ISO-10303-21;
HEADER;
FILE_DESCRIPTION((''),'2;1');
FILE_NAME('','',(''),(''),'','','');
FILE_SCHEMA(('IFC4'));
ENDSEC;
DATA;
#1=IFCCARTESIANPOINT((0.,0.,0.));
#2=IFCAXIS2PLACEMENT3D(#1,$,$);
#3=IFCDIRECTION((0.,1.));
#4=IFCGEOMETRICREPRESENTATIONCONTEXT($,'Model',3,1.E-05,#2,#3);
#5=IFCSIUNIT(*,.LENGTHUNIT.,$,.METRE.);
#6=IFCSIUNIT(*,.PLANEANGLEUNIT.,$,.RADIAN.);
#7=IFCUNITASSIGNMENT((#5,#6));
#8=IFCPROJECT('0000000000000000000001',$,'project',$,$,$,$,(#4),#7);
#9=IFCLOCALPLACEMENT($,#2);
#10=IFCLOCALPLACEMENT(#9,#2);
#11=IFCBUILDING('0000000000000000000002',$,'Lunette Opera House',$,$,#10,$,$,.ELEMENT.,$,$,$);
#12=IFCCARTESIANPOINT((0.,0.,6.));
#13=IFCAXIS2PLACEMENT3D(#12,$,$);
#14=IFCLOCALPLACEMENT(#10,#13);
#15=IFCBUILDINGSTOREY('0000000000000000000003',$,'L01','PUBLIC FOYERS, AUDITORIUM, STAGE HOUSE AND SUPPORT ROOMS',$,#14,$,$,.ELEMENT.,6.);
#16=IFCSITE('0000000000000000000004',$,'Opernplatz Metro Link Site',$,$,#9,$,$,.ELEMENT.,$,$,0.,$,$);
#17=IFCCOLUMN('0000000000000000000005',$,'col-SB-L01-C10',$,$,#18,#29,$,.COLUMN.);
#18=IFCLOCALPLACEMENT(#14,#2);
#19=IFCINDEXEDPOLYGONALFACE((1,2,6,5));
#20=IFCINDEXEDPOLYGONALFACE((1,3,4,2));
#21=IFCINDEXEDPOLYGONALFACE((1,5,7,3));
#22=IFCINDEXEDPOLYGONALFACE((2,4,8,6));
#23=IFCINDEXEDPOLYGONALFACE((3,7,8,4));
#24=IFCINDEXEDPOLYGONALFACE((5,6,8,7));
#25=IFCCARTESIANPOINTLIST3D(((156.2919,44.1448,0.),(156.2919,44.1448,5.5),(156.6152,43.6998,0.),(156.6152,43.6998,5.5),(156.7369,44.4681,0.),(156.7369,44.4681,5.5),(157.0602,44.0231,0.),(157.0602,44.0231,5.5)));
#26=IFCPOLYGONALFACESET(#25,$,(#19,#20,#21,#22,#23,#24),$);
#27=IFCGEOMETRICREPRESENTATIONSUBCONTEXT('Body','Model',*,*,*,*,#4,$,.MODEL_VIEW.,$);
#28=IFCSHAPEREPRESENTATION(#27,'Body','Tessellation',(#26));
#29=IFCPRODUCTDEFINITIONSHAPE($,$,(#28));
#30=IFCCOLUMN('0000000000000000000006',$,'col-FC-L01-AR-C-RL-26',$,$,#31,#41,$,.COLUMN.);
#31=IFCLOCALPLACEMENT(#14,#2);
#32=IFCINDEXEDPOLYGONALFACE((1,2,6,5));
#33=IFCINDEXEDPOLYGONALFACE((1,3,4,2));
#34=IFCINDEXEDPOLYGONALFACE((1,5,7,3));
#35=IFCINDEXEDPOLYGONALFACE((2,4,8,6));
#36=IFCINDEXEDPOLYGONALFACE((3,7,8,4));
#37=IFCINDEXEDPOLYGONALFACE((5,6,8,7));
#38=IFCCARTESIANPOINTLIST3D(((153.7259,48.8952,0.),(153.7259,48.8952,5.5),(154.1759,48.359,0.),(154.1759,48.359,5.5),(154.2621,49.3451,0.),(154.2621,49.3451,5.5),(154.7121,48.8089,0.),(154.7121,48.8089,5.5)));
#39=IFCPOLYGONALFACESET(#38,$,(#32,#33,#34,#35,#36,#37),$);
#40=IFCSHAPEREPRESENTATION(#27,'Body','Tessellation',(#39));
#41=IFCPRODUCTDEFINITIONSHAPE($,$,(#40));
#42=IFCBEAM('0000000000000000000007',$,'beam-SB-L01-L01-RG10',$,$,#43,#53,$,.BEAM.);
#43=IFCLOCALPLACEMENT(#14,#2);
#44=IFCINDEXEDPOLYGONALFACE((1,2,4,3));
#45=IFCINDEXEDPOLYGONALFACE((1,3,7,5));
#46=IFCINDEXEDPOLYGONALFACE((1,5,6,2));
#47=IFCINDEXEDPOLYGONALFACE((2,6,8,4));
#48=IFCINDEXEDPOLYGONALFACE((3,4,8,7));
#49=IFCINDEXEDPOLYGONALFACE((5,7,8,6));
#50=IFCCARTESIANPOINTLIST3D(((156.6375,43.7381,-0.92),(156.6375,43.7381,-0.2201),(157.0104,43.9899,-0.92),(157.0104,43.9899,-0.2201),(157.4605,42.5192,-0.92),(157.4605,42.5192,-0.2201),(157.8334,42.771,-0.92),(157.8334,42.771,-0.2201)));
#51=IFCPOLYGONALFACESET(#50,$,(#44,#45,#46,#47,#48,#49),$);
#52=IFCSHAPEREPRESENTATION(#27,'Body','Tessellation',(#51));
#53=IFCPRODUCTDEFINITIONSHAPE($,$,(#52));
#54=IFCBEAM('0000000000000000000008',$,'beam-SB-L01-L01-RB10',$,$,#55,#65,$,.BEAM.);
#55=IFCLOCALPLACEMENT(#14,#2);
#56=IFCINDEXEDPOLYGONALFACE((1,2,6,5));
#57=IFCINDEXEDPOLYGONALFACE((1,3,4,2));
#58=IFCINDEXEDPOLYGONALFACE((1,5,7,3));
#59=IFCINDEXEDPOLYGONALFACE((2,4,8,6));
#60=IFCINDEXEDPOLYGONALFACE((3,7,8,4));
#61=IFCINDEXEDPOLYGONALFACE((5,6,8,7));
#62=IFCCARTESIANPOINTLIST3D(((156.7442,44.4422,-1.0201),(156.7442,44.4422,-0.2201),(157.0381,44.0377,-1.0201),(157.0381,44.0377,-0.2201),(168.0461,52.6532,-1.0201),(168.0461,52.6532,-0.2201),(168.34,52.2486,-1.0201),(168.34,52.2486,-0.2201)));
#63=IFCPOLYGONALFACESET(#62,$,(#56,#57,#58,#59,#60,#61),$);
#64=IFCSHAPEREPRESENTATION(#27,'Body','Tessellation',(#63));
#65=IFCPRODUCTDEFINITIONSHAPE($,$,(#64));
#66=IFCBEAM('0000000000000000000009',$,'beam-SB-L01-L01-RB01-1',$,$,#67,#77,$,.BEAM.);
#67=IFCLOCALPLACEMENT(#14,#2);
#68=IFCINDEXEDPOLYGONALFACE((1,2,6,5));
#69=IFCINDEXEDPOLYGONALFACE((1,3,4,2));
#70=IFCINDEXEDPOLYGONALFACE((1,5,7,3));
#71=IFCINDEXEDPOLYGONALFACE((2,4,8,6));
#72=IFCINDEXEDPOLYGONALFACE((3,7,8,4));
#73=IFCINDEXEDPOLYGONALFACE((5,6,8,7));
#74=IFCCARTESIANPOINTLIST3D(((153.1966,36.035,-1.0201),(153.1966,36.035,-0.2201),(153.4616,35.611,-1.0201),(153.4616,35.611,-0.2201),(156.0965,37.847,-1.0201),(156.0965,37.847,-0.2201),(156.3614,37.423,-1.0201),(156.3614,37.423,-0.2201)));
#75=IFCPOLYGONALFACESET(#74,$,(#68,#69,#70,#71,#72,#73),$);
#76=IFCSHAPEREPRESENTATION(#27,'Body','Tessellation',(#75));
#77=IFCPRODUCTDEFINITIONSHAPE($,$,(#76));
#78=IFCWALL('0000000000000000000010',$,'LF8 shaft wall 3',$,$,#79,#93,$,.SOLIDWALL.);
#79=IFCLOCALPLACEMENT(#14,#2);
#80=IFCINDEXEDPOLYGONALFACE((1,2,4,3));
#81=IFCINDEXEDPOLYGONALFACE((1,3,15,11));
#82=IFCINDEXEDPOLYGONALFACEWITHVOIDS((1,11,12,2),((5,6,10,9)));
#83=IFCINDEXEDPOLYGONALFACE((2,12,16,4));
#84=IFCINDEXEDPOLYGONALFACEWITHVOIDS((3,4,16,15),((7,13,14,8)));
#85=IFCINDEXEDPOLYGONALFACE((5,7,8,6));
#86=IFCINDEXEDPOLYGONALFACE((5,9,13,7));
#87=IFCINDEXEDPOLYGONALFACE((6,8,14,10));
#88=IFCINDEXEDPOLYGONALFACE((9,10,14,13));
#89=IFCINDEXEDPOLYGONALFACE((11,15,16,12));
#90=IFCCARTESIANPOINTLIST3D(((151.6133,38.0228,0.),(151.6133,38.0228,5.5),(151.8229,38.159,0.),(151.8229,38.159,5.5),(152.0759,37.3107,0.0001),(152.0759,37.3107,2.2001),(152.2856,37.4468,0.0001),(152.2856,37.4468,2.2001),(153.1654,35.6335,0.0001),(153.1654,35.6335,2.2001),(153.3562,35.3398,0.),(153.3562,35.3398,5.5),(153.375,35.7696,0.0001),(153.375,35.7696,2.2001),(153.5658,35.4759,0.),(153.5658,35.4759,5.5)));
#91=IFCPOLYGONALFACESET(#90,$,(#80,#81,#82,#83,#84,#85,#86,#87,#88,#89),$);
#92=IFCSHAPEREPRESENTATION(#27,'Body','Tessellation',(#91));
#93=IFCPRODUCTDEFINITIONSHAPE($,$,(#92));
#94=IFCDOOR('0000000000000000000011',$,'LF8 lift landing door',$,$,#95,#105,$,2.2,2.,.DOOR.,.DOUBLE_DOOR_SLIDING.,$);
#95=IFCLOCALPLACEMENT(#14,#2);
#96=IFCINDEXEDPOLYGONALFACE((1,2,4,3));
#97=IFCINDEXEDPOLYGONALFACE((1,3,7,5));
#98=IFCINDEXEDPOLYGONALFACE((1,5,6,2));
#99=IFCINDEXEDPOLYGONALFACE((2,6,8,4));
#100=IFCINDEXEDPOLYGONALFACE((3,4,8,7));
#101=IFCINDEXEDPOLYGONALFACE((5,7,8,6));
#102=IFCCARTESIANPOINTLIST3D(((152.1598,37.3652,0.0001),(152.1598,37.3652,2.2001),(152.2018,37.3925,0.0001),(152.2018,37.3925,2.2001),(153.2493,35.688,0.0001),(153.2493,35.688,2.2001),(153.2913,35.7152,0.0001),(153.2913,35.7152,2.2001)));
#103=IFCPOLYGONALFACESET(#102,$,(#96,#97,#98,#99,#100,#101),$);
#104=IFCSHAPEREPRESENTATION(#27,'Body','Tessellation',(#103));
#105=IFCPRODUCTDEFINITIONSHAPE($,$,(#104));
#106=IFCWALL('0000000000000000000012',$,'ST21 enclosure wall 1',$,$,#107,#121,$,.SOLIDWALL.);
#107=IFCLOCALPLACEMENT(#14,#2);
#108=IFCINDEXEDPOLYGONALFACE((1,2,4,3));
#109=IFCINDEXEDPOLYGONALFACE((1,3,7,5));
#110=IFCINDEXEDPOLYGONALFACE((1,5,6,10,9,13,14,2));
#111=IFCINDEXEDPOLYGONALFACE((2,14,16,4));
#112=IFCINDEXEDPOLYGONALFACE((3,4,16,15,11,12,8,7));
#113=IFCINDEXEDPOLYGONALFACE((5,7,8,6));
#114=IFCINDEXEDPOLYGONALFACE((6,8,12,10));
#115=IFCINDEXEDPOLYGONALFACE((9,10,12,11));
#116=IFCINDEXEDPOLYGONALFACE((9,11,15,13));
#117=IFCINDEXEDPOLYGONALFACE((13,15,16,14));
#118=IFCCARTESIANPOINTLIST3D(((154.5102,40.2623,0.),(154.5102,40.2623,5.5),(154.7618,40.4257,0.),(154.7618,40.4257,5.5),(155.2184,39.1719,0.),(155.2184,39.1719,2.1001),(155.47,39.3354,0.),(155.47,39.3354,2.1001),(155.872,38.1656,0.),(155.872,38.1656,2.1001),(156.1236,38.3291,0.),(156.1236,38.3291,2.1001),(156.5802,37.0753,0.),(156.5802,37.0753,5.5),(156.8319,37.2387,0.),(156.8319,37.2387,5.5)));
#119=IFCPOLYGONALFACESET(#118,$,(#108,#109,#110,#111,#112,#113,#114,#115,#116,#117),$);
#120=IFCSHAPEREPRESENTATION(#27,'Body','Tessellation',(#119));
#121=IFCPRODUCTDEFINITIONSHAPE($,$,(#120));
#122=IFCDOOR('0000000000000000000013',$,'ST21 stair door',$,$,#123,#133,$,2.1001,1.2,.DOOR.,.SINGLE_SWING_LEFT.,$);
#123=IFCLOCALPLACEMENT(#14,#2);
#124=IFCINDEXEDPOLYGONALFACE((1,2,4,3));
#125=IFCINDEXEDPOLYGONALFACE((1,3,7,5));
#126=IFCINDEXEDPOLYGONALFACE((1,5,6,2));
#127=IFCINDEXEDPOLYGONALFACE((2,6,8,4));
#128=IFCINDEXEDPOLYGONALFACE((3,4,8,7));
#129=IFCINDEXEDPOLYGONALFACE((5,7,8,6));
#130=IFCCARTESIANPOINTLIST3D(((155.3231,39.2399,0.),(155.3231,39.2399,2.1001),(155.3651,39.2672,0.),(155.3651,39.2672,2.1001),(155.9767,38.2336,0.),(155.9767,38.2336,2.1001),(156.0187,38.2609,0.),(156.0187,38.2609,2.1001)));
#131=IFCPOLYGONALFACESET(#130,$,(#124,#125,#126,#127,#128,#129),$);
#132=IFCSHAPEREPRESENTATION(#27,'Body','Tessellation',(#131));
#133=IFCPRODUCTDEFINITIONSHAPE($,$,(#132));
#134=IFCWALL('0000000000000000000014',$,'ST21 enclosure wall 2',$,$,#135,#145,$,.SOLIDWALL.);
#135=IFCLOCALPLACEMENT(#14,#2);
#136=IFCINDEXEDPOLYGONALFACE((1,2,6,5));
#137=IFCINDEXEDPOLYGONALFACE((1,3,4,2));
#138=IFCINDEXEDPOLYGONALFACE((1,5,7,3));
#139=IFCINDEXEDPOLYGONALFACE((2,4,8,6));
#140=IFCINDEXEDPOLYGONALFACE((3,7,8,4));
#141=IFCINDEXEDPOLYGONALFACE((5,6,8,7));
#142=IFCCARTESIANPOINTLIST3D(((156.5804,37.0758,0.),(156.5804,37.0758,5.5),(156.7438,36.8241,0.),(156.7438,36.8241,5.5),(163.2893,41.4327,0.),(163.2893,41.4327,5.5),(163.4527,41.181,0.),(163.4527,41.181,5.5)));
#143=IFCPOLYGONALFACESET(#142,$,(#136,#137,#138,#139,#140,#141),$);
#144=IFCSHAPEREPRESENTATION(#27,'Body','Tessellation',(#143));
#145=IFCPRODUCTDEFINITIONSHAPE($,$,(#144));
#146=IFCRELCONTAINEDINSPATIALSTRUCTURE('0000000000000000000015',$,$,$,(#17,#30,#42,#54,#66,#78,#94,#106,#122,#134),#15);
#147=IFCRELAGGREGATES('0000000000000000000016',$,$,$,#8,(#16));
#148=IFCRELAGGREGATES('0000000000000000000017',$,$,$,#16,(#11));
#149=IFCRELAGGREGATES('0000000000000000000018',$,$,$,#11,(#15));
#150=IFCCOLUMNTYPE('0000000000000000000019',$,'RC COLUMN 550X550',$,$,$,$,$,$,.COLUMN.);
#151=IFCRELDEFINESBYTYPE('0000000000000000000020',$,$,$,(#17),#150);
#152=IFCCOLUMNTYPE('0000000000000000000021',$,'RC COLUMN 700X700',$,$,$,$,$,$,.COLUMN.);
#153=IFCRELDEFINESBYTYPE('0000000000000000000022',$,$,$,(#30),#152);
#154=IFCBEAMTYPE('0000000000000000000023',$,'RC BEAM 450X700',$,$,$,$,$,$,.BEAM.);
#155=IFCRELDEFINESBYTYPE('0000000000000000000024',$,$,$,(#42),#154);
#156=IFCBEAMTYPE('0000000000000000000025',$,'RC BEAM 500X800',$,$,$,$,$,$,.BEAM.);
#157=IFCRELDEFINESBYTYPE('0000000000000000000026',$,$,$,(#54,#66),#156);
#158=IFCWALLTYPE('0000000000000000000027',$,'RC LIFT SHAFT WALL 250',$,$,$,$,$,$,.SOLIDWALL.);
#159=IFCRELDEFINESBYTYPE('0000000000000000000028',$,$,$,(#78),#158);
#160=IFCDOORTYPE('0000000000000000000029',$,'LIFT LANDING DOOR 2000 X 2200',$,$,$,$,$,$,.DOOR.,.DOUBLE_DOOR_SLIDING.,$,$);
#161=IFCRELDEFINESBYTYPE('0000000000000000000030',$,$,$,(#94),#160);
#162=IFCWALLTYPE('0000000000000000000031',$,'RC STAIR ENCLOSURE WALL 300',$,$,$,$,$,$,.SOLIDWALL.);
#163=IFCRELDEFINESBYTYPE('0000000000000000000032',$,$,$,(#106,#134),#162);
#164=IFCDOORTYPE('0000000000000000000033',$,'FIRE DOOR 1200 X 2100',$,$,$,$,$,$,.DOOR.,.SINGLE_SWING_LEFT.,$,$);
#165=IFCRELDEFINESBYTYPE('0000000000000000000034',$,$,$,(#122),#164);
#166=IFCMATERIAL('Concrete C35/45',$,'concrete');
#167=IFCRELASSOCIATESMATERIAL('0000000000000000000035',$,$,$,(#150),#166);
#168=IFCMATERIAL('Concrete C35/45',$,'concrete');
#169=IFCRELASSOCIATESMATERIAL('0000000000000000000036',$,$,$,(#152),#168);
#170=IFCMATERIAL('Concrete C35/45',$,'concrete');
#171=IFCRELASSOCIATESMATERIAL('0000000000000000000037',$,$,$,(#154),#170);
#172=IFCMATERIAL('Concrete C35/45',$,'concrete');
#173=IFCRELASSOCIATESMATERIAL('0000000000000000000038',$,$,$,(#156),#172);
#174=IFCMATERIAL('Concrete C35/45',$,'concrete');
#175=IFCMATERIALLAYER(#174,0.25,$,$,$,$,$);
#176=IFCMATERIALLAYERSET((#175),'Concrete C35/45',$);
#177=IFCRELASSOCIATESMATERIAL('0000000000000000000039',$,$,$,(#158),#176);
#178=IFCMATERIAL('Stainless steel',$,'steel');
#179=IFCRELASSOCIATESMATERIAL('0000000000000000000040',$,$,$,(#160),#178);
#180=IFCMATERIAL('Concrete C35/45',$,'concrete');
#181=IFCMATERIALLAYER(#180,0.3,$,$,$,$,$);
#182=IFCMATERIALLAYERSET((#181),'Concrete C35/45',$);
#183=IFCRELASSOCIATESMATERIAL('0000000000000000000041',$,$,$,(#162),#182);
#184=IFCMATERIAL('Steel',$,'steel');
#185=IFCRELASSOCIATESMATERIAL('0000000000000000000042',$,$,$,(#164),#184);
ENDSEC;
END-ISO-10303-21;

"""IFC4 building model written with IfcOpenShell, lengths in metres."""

from ifc_helpers import new_model, si_unit, direction, frame, frame_2d, origin, origin_2d, place, context, subcontext, project, spatial, rectangle, extrude, material, layer, layer_set, material_profile, profile_set, type_object, element, fill, save


model = new_model("IFC4")

# Units and contexts
model_context = context("Model", 3, precision=1e-05, world=origin(), true_north=direction((0.0, 1.0)))
body_context = subcontext(model_context, "Body", "Model", "MODEL_VIEW")
ifc_project = project(units=[si_unit("LENGTHUNIT", "METRE"), si_unit("PLANEANGLEUNIT", "RADIAN")], contexts=[model_context])

# Site, building, storey
site_placement = place(None, origin())
site = spatial("IfcSite", under=ifc_project, at=site_placement, Name="Opernplatz Metro Link Site", CompositionType="ELEMENT", RefElevation=0.0)
building_placement = place(site_placement, origin())
building = spatial("IfcBuilding", under=site, at=building_placement, Name="Lunette Opera House", CompositionType="ELEMENT")
storey_placement = place(building_placement, frame((0.0, 0.0, 6.0)))
storey = spatial("IfcBuildingStorey", under=building, at=storey_placement, Name="L01", Description="PUBLIC FOYERS, AUDITORIUM, STAGE HOUSE AND SUPPORT ROOMS", CompositionType="ELEMENT", Elevation=6.0)

# Columns
ifc_material_1 = material(Name="Concrete C35/45", Category="concrete")
ifc_material_profile_1 = material_profile(ifc_material_1, rectangle(XDim=0.55, YDim=0.55, at=origin_2d()), Name="RC COLUMN 550X550")
ifc_profile_set_1 = profile_set([ifc_material_profile_1], Name="Concrete C35/45")
column_type_1 = type_object("IfcColumnType", Name="RC COLUMN 550X550", PredefinedType="COLUMN", material=ifc_profile_set_1)
column_1_placement = place(storey_placement, frame((156.676, 44.084, 0.0), z_axis=(0.0, 0.0, 1.0), x_axis=(0.587785, -0.809017, 0.0)))
element("IfcColumn", 1, at=column_1_placement, inside=storey, type_object=column_type_1, Name="col-SB-L01-C10", PredefinedType="COLUMN", context=body_context, shape_type="SweptSolid", body=[
    extrude(rectangle(XDim=0.55, YDim=0.55, at=origin_2d()), origin(), (0.0, 0.0, 1.0), 5.5),
])
ifc_material_2 = material(Name="Concrete C35/45", Category="concrete")
ifc_material_profile_2 = material_profile(ifc_material_2, rectangle(XDim=0.7, YDim=0.7, at=origin_2d()), Name="RC COLUMN 700X700")
ifc_profile_set_2 = profile_set([ifc_material_profile_2], Name="Concrete C35/45")
column_type_2 = type_object("IfcColumnType", Name="RC COLUMN 700X700", PredefinedType="COLUMN", material=ifc_profile_set_2)
column_2_placement = place(storey_placement, frame((154.219, 48.8521, 0.0), z_axis=(0.0, 0.0, 1.0), x_axis=(0.642788, -0.766044, 0.0)))
element("IfcColumn", 2, at=column_2_placement, inside=storey, type_object=column_type_2, Name="col-FC-L01-AR-C-RL-26", PredefinedType="COLUMN", context=body_context, shape_type="SweptSolid", body=[
    extrude(rectangle(XDim=0.7, YDim=0.7, at=origin_2d()), origin(), (0.0, 0.0, 1.0), 5.5),
])

# Beams
ifc_material_3 = material(Name="Concrete C35/45", Category="concrete")
ifc_material_profile_3 = material_profile(ifc_material_3, rectangle(XDim=0.45, YDim=0.7, at=origin_2d()), Name="RC BEAM 450X700")
ifc_profile_set_3 = profile_set([ifc_material_profile_3], Name="Concrete C35/45")
beam_type_1 = type_object("IfcBeamType", Name="RC BEAM 450X700", PredefinedType="BEAM", material=ifc_profile_set_3)
beam_1_placement = place(storey_placement, frame((156.824, 43.864, -0.5701), z_axis=(0.559556, -0.828793, 0.0), x_axis=(0.828793, 0.559556, 0.0)))
element("IfcBeam", 3, at=beam_1_placement, inside=storey, type_object=beam_type_1, Name="beam-SB-L01-L01-RG10", PredefinedType="BEAM", context=body_context, shape_type="SweptSolid", body=[
    extrude(rectangle(XDim=0.45, YDim=0.7, at=origin_2d()), origin(), (0.0, 0.0, 1.0), 1.4707),
])
ifc_material_4 = material(Name="Concrete C35/45", Category="concrete")
ifc_material_profile_4 = material_profile(ifc_material_4, rectangle(XDim=0.5, YDim=0.8, at=origin_2d()), Name="RC BEAM 500X800")
ifc_profile_set_4 = profile_set([ifc_material_profile_4], Name="Concrete C35/45")
beam_type_2 = type_object("IfcBeamType", Name="RC BEAM 500X800", PredefinedType="BEAM", material=ifc_profile_set_4)
beam_2_placement = place(storey_placement, frame((156.8911, 44.24, -0.6201), z_axis=(0.809032, 0.587764, 0.0), x_axis=(-0.587764, 0.809032, 0.0)))
element("IfcBeam", 4, at=beam_2_placement, inside=storey, type_object=beam_type_2, Name="beam-SB-L01-L01-RB10", PredefinedType="BEAM", context=body_context, shape_type="SweptSolid", body=[
    extrude(rectangle(XDim=0.5, YDim=0.8, at=origin_2d()), origin(), (0.0, 0.0, 1.0), 13.9697),
])
beam_3_placement = place(storey_placement, frame((153.3291, 35.823, -0.6201), z_axis=(0.848054, 0.529909, 0.0), x_axis=(-0.529909, 0.848054, 0.0)))
element("IfcBeam", 5, at=beam_3_placement, inside=storey, type_object=beam_type_2, Name="beam-SB-L01-L01-RB01-1", PredefinedType="BEAM", context=body_context, shape_type="SweptSolid", body=[
    extrude(rectangle(XDim=0.5, YDim=0.8, at=origin_2d()), origin(), (0.0, 0.0, 1.0), 3.4194),
])

# Walls, openings, doors
ifc_material_5 = material(Name="Concrete C35/45", Category="concrete")
ifc_layer_1 = layer(ifc_material_5, 0.25)
ifc_layer_set_1 = layer_set([ifc_layer_1], Name="Concrete C35/45")
wall_type_1 = type_object("IfcWallType", Name="RC LIFT SHAFT WALL 250", PredefinedType="SOLIDWALL", material=ifc_layer_set_1)
wall_1_placement = place(storey_placement, frame((153.4609, 35.408, 0.0), z_axis=(0.0, 0.0, 1.0), x_axis=(-0.544747, 0.8386, 0.0)))
wall_1 = element("IfcWall", 6, at=wall_1_placement, inside=storey, type_object=wall_type_1, Name="LF8 shaft wall 3", PredefinedType="SOLIDWALL", context=body_context, shape_type="SweptSolid", body=[
    extrude(rectangle(XDim=3.1995, YDim=0.25, at=frame_2d((1.5996, 0.0))), origin(), (0.0, 0.0, 1.0), 5.5),
])
opening_1_placement = place(wall_1_placement, frame((0.3501, 0.0, 0.0)))
opening_1 = element("IfcOpeningElement", 7, at=opening_1_placement, cuts=wall_1, PredefinedType="OPENING", context=body_context, shape_type="SweptSolid", body=[
    extrude(rectangle(XDim=2.0, YDim=2.2, at=frame_2d((1.0, 1.1001))), frame((0.0, 0.137, 0.0), z_axis=(0.0, -1.0, 0.0), x_axis=(1.0, 0.0, 0.0)), (0.0, 0.0, 1.0), 0.2739),
])
ifc_material_6 = material(Name="Stainless steel", Category="steel")
door_type_1 = type_object("IfcDoorType", Name="LIFT LANDING DOOR 2000 X 2200", OperationType="DOUBLE_DOOR_SLIDING", PredefinedType="DOOR", material=ifc_material_6)
door_1_placement = place(opening_1_placement, origin())
door_1 = element("IfcDoor", 8, at=door_1_placement, inside=storey, type_object=door_type_1, Name="LF8 lift landing door", OperationType="DOUBLE_DOOR_SLIDING", OverallHeight=2.2, OverallWidth=2.0, PredefinedType="DOOR", context=body_context, shape_type="SweptSolid", body=[
    extrude(rectangle(XDim=2.0, YDim=2.2, at=frame_2d((1.0, 1.1001))), frame((0.0, 0.0249, 0.0), z_axis=(0.0, -1.0, 0.0), x_axis=(1.0, 0.0, 0.0)), (0.0, 0.0, 1.0), 0.05),
])
fill(opening_1, door_1)
ifc_material_7 = material(Name="Concrete C35/45", Category="concrete")
ifc_layer_2 = layer(ifc_material_7, 0.3)
ifc_layer_set_2 = layer_set([ifc_layer_2], Name="Concrete C35/45")
wall_type_2 = type_object("IfcWallType", Name="RC STAIR ENCLOSURE WALL 300", PredefinedType="SOLIDWALL", material=ifc_layer_set_2)
wall_2_placement = place(storey_placement, frame((154.636, 40.344, 0.0), z_axis=(0.0, 0.0, 1.0), x_axis=(0.544713, -0.838623, 0.0)))
wall_2 = element("IfcWall", 9, at=wall_2_placement, inside=storey, type_object=wall_type_2, Name="ST21 enclosure wall 1", PredefinedType="SOLIDWALL", context=body_context, shape_type="SweptSolid", body=[
    extrude(rectangle(XDim=3.8003, YDim=0.3, at=frame_2d((1.9001, 0.0))), origin(), (0.0, 0.0, 1.0), 5.5),
])
opening_2_placement = place(wall_2_placement, frame((1.3, 0.0, 0.0)))
opening_2 = element("IfcOpeningElement", 10, at=opening_2_placement, cuts=wall_2, PredefinedType="OPENING", context=body_context, shape_type="SweptSolid", body=[
    extrude(rectangle(XDim=1.2, YDim=2.1001, at=frame_2d((0.6001, 1.05))), frame((0.0, 0.1621, 0.0), z_axis=(0.0, -1.0, 0.0), x_axis=(1.0, 0.0, 0.0)), (0.0, 0.0, 1.0), 0.324),
])
ifc_material_8 = material(Name="Steel", Category="steel")
door_type_2 = type_object("IfcDoorType", Name="FIRE DOOR 1200 X 2100", OperationType="SINGLE_SWING_LEFT", PredefinedType="DOOR", material=ifc_material_8)
door_2_placement = place(opening_2_placement, origin())
door_2 = element("IfcDoor", 11, at=door_2_placement, inside=storey, type_object=door_type_2, Name="ST21 stair door", OperationType="SINGLE_SWING_LEFT", OverallHeight=2.1001, OverallWidth=1.2, PredefinedType="DOOR", context=body_context, shape_type="SweptSolid", body=[
    extrude(rectangle(XDim=1.2, YDim=2.1001, at=frame_2d((0.6001, 1.05))), frame((0.0, 0.0249, 0.0), z_axis=(0.0, -1.0, 0.0), x_axis=(1.0, 0.0, 0.0)), (0.0, 0.0, 1.0), 0.05),
])
fill(opening_2, door_2)

# Wall
wall_3_placement = place(storey_placement, frame((156.6621, 36.95, 0.0), z_axis=(0.0, 0.0, 1.0), x_axis=(0.838667, 0.544645, 0.0)))
element("IfcWall", 12, at=wall_3_placement, inside=storey, type_object=wall_type_2, Name="ST21 enclosure wall 2", PredefinedType="SOLIDWALL", context=body_context, shape_type="SweptSolid", body=[
    extrude(rectangle(XDim=7.9995, YDim=0.3, at=frame_2d((3.9998, 0.0))), origin(), (0.0, 0.0, 1.0), 5.5),
])

save(model, "model.ifc")
